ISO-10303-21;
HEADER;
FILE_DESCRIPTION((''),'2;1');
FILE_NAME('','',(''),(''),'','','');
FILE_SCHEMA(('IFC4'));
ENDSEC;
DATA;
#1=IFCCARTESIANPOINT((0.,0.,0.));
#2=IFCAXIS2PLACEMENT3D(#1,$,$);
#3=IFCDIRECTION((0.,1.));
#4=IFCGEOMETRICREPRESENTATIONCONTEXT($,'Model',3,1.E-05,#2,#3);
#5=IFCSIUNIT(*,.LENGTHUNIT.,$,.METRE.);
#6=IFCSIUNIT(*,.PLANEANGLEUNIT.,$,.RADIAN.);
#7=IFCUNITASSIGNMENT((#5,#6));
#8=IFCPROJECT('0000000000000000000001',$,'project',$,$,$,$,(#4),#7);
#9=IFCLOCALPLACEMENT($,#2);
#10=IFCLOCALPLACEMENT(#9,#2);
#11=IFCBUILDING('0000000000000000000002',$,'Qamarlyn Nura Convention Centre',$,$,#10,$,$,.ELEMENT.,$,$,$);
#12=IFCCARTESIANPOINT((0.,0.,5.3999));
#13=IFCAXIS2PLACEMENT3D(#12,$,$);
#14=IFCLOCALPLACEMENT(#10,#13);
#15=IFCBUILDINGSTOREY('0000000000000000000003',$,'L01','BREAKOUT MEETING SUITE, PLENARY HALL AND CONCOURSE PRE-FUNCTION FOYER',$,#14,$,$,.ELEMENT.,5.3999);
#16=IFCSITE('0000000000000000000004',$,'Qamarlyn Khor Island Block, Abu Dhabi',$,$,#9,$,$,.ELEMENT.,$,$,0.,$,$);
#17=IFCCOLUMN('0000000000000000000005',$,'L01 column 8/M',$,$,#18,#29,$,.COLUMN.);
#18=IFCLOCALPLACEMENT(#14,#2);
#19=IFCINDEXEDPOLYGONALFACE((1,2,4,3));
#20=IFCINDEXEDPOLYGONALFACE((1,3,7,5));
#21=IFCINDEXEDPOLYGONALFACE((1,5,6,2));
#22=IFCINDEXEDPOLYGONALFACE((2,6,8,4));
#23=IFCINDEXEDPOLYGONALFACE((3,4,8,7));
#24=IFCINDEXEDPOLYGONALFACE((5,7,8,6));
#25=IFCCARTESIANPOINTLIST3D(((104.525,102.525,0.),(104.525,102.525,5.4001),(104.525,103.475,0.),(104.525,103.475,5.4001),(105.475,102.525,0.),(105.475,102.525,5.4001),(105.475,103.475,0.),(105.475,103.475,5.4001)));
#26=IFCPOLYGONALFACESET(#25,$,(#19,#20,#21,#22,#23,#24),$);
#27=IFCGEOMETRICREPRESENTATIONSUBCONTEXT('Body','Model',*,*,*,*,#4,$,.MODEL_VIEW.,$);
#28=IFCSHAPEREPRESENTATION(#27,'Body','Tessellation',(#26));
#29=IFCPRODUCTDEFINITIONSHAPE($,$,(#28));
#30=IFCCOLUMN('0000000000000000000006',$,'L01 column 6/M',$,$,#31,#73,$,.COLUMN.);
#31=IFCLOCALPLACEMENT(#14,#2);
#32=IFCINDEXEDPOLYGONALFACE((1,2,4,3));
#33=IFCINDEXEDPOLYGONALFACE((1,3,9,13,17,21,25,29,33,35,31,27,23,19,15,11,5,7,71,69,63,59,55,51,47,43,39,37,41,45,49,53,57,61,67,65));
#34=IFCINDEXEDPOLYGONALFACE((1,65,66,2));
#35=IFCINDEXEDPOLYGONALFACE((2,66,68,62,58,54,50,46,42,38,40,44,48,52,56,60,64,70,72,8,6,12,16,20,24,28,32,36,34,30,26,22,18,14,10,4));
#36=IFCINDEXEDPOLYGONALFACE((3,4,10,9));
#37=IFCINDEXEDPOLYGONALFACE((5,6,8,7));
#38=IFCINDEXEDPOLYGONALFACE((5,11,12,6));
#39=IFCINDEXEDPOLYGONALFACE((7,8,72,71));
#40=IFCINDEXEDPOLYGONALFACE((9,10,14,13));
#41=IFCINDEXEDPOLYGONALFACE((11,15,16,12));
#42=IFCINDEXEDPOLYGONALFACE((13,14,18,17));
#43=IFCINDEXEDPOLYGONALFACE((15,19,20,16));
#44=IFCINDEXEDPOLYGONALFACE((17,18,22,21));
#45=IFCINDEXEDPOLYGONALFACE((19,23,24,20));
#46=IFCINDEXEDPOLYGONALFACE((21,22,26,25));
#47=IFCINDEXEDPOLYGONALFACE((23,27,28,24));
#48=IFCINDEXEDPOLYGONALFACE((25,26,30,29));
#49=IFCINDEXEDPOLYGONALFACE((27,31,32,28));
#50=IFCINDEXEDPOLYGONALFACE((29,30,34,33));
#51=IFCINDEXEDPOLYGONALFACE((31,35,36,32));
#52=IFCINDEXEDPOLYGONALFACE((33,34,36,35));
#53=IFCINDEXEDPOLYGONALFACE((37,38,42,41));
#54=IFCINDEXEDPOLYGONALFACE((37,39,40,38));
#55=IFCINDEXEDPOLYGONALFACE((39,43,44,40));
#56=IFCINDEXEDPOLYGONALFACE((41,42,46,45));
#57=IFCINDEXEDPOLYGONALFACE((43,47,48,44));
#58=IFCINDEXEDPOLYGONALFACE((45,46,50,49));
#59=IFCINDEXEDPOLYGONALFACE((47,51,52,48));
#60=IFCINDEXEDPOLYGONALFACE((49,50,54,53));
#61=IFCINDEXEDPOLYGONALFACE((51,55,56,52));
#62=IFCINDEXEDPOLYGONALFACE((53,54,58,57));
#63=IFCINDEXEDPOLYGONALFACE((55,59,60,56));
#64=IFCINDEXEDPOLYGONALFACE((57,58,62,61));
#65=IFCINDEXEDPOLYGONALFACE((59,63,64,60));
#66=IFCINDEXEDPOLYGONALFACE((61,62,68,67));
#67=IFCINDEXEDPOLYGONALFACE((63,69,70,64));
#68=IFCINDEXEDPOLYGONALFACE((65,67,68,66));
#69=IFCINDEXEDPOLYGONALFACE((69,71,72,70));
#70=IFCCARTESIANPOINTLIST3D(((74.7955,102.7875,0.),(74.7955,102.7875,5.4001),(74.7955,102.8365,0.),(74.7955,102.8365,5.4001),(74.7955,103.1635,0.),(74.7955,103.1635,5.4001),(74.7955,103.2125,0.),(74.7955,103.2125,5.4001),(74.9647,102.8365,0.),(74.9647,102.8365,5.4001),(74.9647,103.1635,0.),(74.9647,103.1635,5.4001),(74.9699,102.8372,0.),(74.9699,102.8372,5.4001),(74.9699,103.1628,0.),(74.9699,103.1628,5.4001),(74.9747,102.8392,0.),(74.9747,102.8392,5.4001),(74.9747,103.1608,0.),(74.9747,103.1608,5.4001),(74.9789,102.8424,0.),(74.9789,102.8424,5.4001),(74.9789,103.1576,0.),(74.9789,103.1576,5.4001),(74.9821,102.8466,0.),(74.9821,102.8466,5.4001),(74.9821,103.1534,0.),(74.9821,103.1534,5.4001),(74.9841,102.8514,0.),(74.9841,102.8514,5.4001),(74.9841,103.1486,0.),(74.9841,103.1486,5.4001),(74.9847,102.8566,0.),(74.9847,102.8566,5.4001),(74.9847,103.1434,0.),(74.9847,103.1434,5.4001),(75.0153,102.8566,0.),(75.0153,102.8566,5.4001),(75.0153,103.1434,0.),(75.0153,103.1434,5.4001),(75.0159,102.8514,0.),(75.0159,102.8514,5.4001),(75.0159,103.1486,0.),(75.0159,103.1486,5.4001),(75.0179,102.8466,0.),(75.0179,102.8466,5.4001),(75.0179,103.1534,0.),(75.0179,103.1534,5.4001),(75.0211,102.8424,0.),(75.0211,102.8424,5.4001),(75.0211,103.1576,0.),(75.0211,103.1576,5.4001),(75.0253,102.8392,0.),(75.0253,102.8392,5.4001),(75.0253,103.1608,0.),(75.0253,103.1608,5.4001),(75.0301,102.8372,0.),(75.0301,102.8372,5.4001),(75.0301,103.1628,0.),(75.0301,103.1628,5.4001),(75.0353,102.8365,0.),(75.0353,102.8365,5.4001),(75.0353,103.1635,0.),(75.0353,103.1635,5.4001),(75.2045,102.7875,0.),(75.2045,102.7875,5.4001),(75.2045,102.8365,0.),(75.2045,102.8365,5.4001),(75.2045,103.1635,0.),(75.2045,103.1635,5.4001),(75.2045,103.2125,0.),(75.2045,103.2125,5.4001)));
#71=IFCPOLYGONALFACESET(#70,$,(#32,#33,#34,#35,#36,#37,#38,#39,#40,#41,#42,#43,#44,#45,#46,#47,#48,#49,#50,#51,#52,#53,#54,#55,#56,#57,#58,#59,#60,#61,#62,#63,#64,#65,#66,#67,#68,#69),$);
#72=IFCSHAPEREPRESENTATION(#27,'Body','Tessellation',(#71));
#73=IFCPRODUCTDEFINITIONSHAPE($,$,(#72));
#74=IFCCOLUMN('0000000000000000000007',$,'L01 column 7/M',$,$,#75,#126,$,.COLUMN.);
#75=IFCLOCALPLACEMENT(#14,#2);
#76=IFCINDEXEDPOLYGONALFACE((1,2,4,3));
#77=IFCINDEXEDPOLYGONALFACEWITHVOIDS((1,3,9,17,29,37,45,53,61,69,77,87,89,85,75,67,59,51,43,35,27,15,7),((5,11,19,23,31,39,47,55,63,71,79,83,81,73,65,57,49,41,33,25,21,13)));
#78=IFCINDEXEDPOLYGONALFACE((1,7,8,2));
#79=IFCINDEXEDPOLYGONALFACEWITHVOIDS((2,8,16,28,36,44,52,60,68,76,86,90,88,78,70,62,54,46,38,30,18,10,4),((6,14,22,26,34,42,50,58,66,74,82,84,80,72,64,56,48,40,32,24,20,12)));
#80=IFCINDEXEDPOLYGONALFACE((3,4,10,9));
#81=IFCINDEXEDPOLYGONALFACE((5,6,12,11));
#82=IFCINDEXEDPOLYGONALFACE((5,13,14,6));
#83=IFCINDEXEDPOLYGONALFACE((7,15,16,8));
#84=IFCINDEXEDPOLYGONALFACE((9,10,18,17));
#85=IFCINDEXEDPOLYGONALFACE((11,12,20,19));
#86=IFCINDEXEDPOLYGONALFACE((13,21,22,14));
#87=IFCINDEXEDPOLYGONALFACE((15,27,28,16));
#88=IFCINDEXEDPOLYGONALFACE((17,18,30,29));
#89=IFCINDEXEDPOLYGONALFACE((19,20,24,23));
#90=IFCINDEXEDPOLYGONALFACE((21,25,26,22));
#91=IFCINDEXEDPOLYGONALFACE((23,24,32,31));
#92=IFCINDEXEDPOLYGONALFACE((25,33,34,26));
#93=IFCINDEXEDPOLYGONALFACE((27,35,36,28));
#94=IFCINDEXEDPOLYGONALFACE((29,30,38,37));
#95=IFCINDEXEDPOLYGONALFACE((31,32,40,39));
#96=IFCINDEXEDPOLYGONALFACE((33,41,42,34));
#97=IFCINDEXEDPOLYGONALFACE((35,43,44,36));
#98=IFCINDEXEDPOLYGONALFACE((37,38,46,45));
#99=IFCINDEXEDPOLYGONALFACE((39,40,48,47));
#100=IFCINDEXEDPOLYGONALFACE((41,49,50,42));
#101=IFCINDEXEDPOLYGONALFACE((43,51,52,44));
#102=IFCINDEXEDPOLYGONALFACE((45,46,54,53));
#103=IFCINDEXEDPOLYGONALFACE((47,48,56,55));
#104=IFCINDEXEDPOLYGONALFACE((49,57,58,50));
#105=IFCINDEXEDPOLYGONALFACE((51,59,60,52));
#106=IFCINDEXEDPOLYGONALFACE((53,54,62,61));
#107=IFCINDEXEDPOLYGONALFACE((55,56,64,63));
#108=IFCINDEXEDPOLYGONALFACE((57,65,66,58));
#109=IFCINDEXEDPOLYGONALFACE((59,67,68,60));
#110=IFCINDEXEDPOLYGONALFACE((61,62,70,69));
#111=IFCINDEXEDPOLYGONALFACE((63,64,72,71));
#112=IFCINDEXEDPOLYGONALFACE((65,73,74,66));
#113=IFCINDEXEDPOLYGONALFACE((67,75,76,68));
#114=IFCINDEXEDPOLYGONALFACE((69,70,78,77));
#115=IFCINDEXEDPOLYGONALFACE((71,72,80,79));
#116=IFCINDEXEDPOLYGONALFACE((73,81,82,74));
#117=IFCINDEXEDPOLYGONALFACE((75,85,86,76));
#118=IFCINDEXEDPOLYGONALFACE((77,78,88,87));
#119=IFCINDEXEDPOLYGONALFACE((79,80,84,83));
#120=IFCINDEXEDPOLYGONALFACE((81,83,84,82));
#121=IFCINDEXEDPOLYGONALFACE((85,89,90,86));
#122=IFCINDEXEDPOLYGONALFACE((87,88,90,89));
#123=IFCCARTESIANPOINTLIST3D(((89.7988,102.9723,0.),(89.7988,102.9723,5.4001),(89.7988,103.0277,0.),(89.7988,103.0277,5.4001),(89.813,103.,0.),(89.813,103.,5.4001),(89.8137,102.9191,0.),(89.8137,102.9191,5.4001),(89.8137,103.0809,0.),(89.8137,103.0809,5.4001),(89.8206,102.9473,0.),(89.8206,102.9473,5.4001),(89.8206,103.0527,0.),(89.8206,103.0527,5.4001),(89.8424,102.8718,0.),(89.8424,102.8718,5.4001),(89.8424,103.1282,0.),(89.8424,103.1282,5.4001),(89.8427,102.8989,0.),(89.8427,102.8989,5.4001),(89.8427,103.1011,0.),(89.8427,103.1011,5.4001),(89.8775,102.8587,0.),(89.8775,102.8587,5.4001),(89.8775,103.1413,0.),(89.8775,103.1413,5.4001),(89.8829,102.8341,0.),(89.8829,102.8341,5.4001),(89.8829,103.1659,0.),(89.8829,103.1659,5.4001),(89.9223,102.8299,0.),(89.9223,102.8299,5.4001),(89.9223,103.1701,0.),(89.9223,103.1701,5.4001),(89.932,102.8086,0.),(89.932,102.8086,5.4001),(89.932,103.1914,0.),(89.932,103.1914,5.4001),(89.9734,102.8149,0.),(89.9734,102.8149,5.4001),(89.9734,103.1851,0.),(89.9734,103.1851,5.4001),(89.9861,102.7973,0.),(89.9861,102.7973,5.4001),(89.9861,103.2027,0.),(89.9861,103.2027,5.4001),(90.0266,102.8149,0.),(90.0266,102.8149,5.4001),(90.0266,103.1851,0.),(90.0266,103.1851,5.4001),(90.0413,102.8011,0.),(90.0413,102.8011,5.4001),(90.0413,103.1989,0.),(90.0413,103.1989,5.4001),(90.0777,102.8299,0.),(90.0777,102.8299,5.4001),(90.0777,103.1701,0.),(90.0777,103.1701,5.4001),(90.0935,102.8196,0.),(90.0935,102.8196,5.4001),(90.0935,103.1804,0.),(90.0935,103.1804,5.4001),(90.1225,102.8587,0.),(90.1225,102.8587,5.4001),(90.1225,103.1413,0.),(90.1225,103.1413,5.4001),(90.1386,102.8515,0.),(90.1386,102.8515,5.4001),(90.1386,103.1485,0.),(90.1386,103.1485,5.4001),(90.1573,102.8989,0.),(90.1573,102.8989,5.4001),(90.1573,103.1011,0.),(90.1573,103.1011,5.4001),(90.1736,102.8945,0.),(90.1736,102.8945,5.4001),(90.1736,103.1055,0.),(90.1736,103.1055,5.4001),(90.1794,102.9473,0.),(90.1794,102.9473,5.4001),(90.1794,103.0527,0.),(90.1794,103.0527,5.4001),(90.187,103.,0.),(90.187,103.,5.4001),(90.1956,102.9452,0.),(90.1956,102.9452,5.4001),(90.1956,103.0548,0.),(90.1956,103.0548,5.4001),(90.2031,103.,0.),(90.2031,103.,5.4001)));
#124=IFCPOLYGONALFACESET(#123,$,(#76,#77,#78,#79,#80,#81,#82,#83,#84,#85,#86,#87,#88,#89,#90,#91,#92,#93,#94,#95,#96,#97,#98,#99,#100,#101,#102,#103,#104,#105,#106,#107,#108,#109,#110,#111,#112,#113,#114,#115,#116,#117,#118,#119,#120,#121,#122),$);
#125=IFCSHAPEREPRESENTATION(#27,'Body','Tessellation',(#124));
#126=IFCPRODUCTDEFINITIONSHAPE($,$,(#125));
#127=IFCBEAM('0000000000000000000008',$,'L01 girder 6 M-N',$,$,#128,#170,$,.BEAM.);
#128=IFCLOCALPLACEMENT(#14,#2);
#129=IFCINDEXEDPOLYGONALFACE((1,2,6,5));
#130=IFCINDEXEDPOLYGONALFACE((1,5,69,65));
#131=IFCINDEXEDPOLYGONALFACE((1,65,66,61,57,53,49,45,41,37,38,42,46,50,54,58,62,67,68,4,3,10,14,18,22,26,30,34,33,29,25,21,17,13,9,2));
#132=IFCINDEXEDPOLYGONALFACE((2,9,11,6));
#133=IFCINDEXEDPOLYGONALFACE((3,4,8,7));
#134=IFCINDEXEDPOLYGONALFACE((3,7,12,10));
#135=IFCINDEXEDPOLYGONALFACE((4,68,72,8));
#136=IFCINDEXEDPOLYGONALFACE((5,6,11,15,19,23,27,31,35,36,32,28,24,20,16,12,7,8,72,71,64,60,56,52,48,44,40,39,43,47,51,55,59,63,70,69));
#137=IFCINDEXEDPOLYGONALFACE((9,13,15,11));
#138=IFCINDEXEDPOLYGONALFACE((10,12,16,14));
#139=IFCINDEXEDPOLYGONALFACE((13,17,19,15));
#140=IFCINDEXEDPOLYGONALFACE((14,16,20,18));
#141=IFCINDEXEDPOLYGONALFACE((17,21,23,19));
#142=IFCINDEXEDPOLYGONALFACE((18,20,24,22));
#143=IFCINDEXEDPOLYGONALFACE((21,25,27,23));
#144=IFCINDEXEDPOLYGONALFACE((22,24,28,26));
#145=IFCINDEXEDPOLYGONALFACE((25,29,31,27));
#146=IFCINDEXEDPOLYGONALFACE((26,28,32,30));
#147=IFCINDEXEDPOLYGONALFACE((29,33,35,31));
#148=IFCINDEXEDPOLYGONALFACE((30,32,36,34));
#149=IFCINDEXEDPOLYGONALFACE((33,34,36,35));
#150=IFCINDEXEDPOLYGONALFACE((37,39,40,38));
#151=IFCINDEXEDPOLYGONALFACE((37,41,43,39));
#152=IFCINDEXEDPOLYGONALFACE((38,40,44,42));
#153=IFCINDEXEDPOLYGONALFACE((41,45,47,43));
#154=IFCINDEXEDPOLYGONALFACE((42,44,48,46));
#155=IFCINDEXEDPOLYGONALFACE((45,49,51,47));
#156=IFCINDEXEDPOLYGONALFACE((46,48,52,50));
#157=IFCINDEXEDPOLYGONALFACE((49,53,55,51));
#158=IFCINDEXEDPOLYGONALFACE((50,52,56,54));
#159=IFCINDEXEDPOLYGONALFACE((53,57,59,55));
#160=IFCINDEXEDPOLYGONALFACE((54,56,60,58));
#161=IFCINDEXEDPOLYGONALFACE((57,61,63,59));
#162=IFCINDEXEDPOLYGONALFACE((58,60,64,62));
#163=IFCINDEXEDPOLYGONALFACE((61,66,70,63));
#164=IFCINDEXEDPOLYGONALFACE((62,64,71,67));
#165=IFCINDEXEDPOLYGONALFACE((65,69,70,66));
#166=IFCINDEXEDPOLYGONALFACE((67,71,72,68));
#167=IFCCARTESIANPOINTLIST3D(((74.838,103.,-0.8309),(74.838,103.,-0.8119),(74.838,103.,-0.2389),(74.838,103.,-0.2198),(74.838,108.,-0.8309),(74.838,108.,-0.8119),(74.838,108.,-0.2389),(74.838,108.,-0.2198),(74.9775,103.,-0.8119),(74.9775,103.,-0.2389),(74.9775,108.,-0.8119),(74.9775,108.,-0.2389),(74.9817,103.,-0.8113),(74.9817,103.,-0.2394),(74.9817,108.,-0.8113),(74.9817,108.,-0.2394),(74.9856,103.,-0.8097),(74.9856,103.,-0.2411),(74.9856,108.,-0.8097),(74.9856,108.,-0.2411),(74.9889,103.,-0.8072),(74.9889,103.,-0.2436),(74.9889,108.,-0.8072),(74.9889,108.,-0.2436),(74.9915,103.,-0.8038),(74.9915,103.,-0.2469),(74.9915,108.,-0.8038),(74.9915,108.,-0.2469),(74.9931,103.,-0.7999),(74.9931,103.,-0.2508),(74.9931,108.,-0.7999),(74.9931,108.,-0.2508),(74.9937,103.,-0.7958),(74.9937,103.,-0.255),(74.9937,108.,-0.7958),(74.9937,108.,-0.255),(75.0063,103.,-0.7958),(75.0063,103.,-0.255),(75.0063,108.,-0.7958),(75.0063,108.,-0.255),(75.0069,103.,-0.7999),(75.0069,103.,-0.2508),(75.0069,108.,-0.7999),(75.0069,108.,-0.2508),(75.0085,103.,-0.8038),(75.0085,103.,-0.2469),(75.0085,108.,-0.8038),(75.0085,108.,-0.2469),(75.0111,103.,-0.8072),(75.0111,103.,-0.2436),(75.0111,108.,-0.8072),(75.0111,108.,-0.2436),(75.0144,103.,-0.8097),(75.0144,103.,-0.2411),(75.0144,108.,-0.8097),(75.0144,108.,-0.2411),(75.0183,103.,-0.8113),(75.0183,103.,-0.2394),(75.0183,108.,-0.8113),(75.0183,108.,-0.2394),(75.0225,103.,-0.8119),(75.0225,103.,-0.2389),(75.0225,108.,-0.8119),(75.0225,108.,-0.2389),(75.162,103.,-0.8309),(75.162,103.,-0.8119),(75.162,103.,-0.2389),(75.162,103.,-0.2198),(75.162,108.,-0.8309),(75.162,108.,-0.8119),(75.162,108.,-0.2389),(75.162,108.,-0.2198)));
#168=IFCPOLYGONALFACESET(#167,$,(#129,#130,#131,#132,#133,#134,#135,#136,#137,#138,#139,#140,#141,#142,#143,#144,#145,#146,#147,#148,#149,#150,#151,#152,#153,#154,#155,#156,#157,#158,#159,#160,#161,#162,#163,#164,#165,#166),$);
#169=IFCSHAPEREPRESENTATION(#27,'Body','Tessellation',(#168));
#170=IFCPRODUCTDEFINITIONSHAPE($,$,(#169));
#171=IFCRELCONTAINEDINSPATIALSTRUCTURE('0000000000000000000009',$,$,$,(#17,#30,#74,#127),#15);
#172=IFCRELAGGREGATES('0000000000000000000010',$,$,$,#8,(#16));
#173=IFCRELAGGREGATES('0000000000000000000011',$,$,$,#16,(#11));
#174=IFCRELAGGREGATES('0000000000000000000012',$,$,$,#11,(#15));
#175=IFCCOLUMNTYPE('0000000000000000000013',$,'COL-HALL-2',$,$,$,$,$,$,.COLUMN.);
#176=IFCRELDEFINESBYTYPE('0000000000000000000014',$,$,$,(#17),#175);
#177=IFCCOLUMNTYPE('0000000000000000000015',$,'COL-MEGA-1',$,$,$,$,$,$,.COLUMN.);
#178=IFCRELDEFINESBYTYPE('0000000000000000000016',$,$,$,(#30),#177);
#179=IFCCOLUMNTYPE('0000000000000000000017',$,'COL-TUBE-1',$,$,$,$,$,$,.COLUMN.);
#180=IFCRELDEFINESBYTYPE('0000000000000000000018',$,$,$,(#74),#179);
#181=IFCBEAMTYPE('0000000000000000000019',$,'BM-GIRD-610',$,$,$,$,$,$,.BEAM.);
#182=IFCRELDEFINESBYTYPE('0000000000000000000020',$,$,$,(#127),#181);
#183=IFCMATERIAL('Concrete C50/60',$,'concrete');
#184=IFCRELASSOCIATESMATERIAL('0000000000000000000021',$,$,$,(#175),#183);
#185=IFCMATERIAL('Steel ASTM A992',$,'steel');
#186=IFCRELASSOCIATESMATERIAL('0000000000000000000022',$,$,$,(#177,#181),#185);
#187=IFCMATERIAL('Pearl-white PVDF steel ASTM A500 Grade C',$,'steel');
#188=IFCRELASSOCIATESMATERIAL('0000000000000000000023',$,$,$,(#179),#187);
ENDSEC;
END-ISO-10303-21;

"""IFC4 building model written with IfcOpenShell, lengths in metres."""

from ifc_helpers import new_model, si_unit, direction, frame, origin, origin_2d, place, context, subcontext, project, spatial, rectangle, hollow_circle, i_section, extrude, material, material_profile, profile_set, type_object, element, save


model = new_model("IFC4")

# Units and contexts
model_context = context("Model", 3, precision=1e-05, world=origin(), true_north=direction((0.0, 1.0)))
body_context = subcontext(model_context, "Body", "Model", "MODEL_VIEW")
ifc_project = project(units=[si_unit("LENGTHUNIT", "METRE"), si_unit("PLANEANGLEUNIT", "RADIAN")], contexts=[model_context])

# Site, building, storey
site_placement = place(None, origin())
site = spatial("IfcSite", under=ifc_project, at=site_placement, Name="Qamarlyn Khor Island Block, Abu Dhabi", CompositionType="ELEMENT", RefElevation=0.0)
building_placement = place(site_placement, origin())
building = spatial("IfcBuilding", under=site, at=building_placement, Name="Qamarlyn Nura Convention Centre", CompositionType="ELEMENT")
storey_placement = place(building_placement, frame((0.0, 0.0, 5.3999)))
storey = spatial("IfcBuildingStorey", under=building, at=storey_placement, Name="L01", Description="BREAKOUT MEETING SUITE, PLENARY HALL AND CONCOURSE PRE-FUNCTION FOYER", CompositionType="ELEMENT", Elevation=5.3999)

# Columns
ifc_material_1 = material(Name="Concrete C50/60", Category="concrete")
ifc_material_profile_1 = material_profile(ifc_material_1, rectangle(XDim=0.95, YDim=0.95, at=origin_2d()), Name="RC 950x950")
ifc_profile_set_1 = profile_set([ifc_material_profile_1], Name="Concrete C50/60")
column_type_1 = type_object("IfcColumnType", Name="COL-HALL-2", PredefinedType="COLUMN", material=ifc_profile_set_1)
column_1_placement = place(storey_placement, frame((105.0, 103.0, 0.0), z_axis=(0.0, 0.0, 1.0), x_axis=(1.0, 0.0, 0.0)))
element("IfcColumn", 1, at=column_1_placement, inside=storey, type_object=column_type_1, Name="L01 column 8/M", PredefinedType="COLUMN", context=body_context, shape_type="SweptSolid", body=[
    extrude(rectangle(XDim=0.95, YDim=0.95, at=origin_2d()), origin(), (0.0, 0.0, 1.0), 5.4001),
])
ifc_material_2 = material(Name="Steel ASTM A992", Category="steel")
ifc_material_profile_2 = material_profile(ifc_material_2, i_section(OverallWidth=0.4089, OverallDepth=0.425, WebThickness=0.0305, FlangeThickness=0.0491, FilletRadius=0.02, at=origin_2d()), Name="W360X421")
ifc_profile_set_2 = profile_set([ifc_material_profile_2], Name="Steel ASTM A992")
column_type_2 = type_object("IfcColumnType", Name="COL-MEGA-1", PredefinedType="COLUMN", material=ifc_profile_set_2)
column_2_placement = place(storey_placement, frame((75.0, 103.0, 0.0), z_axis=(0.0, 0.0, 1.0), x_axis=(1.0, 0.0, 0.0)))
element("IfcColumn", 2, at=column_2_placement, inside=storey, type_object=column_type_2, Name="L01 column 6/M", PredefinedType="COLUMN", context=body_context, shape_type="SweptSolid", body=[
    extrude(i_section(OverallWidth=0.4089, OverallDepth=0.425, WebThickness=0.0305, FlangeThickness=0.0491, FilletRadius=0.02, at=origin_2d()), origin(), (0.0, 0.0, 1.0), 5.4001),
])
ifc_material_3 = material(Name="Pearl-white PVDF steel ASTM A500 Grade C", Category="steel")
ifc_material_profile_3 = material_profile(ifc_material_3, hollow_circle(Radius=0.2031, WallThickness=0.0161, at=origin_2d()), Name="CHS406.4X16")
ifc_profile_set_3 = profile_set([ifc_material_profile_3], Name="Pearl-white PVDF steel ASTM A500 Grade C")
column_type_3 = type_object("IfcColumnType", Name="COL-TUBE-1", PredefinedType="COLUMN", material=ifc_profile_set_3)
column_3_placement = place(storey_placement, frame((90.0, 103.0, 0.0), z_axis=(0.0, 0.0, 1.0), x_axis=(1.0, 0.0, 0.0)))
element("IfcColumn", 3, at=column_3_placement, inside=storey, type_object=column_type_3, Name="L01 column 7/M", PredefinedType="COLUMN", context=body_context, shape_type="SweptSolid", body=[
    extrude(hollow_circle(Radius=0.2031, WallThickness=0.0161, at=origin_2d()), origin(), (0.0, 0.0, 1.0), 5.4001),
])

# Beam
ifc_material_profile_4 = material_profile(ifc_material_2, i_section(OverallWidth=0.324, OverallDepth=0.6111, WebThickness=0.0127, FlangeThickness=0.019, FilletRadius=0.0161, at=origin_2d()), Name="W610X155")
ifc_profile_set_4 = profile_set([ifc_material_profile_4], Name="Steel ASTM A992")
beam_type_1 = type_object("IfcBeamType", Name="BM-GIRD-610", PredefinedType="BEAM", material=ifc_profile_set_4)
beam_1_placement = place(storey_placement, frame((75.0, 103.0, -0.5254), z_axis=(0.0, 1.0, 0.0), x_axis=(-1.0, 0.0, 0.0)))
element("IfcBeam", 4, at=beam_1_placement, inside=storey, type_object=beam_type_1, Name="L01 girder 6 M-N", PredefinedType="BEAM", context=body_context, shape_type="SweptSolid", body=[
    extrude(i_section(OverallWidth=0.324, OverallDepth=0.6111, WebThickness=0.0127, FlangeThickness=0.019, FilletRadius=0.0161, at=origin_2d()), origin(), (0.0, 0.0, 1.0), 5.0),
])

save(model, "model.ifc")
